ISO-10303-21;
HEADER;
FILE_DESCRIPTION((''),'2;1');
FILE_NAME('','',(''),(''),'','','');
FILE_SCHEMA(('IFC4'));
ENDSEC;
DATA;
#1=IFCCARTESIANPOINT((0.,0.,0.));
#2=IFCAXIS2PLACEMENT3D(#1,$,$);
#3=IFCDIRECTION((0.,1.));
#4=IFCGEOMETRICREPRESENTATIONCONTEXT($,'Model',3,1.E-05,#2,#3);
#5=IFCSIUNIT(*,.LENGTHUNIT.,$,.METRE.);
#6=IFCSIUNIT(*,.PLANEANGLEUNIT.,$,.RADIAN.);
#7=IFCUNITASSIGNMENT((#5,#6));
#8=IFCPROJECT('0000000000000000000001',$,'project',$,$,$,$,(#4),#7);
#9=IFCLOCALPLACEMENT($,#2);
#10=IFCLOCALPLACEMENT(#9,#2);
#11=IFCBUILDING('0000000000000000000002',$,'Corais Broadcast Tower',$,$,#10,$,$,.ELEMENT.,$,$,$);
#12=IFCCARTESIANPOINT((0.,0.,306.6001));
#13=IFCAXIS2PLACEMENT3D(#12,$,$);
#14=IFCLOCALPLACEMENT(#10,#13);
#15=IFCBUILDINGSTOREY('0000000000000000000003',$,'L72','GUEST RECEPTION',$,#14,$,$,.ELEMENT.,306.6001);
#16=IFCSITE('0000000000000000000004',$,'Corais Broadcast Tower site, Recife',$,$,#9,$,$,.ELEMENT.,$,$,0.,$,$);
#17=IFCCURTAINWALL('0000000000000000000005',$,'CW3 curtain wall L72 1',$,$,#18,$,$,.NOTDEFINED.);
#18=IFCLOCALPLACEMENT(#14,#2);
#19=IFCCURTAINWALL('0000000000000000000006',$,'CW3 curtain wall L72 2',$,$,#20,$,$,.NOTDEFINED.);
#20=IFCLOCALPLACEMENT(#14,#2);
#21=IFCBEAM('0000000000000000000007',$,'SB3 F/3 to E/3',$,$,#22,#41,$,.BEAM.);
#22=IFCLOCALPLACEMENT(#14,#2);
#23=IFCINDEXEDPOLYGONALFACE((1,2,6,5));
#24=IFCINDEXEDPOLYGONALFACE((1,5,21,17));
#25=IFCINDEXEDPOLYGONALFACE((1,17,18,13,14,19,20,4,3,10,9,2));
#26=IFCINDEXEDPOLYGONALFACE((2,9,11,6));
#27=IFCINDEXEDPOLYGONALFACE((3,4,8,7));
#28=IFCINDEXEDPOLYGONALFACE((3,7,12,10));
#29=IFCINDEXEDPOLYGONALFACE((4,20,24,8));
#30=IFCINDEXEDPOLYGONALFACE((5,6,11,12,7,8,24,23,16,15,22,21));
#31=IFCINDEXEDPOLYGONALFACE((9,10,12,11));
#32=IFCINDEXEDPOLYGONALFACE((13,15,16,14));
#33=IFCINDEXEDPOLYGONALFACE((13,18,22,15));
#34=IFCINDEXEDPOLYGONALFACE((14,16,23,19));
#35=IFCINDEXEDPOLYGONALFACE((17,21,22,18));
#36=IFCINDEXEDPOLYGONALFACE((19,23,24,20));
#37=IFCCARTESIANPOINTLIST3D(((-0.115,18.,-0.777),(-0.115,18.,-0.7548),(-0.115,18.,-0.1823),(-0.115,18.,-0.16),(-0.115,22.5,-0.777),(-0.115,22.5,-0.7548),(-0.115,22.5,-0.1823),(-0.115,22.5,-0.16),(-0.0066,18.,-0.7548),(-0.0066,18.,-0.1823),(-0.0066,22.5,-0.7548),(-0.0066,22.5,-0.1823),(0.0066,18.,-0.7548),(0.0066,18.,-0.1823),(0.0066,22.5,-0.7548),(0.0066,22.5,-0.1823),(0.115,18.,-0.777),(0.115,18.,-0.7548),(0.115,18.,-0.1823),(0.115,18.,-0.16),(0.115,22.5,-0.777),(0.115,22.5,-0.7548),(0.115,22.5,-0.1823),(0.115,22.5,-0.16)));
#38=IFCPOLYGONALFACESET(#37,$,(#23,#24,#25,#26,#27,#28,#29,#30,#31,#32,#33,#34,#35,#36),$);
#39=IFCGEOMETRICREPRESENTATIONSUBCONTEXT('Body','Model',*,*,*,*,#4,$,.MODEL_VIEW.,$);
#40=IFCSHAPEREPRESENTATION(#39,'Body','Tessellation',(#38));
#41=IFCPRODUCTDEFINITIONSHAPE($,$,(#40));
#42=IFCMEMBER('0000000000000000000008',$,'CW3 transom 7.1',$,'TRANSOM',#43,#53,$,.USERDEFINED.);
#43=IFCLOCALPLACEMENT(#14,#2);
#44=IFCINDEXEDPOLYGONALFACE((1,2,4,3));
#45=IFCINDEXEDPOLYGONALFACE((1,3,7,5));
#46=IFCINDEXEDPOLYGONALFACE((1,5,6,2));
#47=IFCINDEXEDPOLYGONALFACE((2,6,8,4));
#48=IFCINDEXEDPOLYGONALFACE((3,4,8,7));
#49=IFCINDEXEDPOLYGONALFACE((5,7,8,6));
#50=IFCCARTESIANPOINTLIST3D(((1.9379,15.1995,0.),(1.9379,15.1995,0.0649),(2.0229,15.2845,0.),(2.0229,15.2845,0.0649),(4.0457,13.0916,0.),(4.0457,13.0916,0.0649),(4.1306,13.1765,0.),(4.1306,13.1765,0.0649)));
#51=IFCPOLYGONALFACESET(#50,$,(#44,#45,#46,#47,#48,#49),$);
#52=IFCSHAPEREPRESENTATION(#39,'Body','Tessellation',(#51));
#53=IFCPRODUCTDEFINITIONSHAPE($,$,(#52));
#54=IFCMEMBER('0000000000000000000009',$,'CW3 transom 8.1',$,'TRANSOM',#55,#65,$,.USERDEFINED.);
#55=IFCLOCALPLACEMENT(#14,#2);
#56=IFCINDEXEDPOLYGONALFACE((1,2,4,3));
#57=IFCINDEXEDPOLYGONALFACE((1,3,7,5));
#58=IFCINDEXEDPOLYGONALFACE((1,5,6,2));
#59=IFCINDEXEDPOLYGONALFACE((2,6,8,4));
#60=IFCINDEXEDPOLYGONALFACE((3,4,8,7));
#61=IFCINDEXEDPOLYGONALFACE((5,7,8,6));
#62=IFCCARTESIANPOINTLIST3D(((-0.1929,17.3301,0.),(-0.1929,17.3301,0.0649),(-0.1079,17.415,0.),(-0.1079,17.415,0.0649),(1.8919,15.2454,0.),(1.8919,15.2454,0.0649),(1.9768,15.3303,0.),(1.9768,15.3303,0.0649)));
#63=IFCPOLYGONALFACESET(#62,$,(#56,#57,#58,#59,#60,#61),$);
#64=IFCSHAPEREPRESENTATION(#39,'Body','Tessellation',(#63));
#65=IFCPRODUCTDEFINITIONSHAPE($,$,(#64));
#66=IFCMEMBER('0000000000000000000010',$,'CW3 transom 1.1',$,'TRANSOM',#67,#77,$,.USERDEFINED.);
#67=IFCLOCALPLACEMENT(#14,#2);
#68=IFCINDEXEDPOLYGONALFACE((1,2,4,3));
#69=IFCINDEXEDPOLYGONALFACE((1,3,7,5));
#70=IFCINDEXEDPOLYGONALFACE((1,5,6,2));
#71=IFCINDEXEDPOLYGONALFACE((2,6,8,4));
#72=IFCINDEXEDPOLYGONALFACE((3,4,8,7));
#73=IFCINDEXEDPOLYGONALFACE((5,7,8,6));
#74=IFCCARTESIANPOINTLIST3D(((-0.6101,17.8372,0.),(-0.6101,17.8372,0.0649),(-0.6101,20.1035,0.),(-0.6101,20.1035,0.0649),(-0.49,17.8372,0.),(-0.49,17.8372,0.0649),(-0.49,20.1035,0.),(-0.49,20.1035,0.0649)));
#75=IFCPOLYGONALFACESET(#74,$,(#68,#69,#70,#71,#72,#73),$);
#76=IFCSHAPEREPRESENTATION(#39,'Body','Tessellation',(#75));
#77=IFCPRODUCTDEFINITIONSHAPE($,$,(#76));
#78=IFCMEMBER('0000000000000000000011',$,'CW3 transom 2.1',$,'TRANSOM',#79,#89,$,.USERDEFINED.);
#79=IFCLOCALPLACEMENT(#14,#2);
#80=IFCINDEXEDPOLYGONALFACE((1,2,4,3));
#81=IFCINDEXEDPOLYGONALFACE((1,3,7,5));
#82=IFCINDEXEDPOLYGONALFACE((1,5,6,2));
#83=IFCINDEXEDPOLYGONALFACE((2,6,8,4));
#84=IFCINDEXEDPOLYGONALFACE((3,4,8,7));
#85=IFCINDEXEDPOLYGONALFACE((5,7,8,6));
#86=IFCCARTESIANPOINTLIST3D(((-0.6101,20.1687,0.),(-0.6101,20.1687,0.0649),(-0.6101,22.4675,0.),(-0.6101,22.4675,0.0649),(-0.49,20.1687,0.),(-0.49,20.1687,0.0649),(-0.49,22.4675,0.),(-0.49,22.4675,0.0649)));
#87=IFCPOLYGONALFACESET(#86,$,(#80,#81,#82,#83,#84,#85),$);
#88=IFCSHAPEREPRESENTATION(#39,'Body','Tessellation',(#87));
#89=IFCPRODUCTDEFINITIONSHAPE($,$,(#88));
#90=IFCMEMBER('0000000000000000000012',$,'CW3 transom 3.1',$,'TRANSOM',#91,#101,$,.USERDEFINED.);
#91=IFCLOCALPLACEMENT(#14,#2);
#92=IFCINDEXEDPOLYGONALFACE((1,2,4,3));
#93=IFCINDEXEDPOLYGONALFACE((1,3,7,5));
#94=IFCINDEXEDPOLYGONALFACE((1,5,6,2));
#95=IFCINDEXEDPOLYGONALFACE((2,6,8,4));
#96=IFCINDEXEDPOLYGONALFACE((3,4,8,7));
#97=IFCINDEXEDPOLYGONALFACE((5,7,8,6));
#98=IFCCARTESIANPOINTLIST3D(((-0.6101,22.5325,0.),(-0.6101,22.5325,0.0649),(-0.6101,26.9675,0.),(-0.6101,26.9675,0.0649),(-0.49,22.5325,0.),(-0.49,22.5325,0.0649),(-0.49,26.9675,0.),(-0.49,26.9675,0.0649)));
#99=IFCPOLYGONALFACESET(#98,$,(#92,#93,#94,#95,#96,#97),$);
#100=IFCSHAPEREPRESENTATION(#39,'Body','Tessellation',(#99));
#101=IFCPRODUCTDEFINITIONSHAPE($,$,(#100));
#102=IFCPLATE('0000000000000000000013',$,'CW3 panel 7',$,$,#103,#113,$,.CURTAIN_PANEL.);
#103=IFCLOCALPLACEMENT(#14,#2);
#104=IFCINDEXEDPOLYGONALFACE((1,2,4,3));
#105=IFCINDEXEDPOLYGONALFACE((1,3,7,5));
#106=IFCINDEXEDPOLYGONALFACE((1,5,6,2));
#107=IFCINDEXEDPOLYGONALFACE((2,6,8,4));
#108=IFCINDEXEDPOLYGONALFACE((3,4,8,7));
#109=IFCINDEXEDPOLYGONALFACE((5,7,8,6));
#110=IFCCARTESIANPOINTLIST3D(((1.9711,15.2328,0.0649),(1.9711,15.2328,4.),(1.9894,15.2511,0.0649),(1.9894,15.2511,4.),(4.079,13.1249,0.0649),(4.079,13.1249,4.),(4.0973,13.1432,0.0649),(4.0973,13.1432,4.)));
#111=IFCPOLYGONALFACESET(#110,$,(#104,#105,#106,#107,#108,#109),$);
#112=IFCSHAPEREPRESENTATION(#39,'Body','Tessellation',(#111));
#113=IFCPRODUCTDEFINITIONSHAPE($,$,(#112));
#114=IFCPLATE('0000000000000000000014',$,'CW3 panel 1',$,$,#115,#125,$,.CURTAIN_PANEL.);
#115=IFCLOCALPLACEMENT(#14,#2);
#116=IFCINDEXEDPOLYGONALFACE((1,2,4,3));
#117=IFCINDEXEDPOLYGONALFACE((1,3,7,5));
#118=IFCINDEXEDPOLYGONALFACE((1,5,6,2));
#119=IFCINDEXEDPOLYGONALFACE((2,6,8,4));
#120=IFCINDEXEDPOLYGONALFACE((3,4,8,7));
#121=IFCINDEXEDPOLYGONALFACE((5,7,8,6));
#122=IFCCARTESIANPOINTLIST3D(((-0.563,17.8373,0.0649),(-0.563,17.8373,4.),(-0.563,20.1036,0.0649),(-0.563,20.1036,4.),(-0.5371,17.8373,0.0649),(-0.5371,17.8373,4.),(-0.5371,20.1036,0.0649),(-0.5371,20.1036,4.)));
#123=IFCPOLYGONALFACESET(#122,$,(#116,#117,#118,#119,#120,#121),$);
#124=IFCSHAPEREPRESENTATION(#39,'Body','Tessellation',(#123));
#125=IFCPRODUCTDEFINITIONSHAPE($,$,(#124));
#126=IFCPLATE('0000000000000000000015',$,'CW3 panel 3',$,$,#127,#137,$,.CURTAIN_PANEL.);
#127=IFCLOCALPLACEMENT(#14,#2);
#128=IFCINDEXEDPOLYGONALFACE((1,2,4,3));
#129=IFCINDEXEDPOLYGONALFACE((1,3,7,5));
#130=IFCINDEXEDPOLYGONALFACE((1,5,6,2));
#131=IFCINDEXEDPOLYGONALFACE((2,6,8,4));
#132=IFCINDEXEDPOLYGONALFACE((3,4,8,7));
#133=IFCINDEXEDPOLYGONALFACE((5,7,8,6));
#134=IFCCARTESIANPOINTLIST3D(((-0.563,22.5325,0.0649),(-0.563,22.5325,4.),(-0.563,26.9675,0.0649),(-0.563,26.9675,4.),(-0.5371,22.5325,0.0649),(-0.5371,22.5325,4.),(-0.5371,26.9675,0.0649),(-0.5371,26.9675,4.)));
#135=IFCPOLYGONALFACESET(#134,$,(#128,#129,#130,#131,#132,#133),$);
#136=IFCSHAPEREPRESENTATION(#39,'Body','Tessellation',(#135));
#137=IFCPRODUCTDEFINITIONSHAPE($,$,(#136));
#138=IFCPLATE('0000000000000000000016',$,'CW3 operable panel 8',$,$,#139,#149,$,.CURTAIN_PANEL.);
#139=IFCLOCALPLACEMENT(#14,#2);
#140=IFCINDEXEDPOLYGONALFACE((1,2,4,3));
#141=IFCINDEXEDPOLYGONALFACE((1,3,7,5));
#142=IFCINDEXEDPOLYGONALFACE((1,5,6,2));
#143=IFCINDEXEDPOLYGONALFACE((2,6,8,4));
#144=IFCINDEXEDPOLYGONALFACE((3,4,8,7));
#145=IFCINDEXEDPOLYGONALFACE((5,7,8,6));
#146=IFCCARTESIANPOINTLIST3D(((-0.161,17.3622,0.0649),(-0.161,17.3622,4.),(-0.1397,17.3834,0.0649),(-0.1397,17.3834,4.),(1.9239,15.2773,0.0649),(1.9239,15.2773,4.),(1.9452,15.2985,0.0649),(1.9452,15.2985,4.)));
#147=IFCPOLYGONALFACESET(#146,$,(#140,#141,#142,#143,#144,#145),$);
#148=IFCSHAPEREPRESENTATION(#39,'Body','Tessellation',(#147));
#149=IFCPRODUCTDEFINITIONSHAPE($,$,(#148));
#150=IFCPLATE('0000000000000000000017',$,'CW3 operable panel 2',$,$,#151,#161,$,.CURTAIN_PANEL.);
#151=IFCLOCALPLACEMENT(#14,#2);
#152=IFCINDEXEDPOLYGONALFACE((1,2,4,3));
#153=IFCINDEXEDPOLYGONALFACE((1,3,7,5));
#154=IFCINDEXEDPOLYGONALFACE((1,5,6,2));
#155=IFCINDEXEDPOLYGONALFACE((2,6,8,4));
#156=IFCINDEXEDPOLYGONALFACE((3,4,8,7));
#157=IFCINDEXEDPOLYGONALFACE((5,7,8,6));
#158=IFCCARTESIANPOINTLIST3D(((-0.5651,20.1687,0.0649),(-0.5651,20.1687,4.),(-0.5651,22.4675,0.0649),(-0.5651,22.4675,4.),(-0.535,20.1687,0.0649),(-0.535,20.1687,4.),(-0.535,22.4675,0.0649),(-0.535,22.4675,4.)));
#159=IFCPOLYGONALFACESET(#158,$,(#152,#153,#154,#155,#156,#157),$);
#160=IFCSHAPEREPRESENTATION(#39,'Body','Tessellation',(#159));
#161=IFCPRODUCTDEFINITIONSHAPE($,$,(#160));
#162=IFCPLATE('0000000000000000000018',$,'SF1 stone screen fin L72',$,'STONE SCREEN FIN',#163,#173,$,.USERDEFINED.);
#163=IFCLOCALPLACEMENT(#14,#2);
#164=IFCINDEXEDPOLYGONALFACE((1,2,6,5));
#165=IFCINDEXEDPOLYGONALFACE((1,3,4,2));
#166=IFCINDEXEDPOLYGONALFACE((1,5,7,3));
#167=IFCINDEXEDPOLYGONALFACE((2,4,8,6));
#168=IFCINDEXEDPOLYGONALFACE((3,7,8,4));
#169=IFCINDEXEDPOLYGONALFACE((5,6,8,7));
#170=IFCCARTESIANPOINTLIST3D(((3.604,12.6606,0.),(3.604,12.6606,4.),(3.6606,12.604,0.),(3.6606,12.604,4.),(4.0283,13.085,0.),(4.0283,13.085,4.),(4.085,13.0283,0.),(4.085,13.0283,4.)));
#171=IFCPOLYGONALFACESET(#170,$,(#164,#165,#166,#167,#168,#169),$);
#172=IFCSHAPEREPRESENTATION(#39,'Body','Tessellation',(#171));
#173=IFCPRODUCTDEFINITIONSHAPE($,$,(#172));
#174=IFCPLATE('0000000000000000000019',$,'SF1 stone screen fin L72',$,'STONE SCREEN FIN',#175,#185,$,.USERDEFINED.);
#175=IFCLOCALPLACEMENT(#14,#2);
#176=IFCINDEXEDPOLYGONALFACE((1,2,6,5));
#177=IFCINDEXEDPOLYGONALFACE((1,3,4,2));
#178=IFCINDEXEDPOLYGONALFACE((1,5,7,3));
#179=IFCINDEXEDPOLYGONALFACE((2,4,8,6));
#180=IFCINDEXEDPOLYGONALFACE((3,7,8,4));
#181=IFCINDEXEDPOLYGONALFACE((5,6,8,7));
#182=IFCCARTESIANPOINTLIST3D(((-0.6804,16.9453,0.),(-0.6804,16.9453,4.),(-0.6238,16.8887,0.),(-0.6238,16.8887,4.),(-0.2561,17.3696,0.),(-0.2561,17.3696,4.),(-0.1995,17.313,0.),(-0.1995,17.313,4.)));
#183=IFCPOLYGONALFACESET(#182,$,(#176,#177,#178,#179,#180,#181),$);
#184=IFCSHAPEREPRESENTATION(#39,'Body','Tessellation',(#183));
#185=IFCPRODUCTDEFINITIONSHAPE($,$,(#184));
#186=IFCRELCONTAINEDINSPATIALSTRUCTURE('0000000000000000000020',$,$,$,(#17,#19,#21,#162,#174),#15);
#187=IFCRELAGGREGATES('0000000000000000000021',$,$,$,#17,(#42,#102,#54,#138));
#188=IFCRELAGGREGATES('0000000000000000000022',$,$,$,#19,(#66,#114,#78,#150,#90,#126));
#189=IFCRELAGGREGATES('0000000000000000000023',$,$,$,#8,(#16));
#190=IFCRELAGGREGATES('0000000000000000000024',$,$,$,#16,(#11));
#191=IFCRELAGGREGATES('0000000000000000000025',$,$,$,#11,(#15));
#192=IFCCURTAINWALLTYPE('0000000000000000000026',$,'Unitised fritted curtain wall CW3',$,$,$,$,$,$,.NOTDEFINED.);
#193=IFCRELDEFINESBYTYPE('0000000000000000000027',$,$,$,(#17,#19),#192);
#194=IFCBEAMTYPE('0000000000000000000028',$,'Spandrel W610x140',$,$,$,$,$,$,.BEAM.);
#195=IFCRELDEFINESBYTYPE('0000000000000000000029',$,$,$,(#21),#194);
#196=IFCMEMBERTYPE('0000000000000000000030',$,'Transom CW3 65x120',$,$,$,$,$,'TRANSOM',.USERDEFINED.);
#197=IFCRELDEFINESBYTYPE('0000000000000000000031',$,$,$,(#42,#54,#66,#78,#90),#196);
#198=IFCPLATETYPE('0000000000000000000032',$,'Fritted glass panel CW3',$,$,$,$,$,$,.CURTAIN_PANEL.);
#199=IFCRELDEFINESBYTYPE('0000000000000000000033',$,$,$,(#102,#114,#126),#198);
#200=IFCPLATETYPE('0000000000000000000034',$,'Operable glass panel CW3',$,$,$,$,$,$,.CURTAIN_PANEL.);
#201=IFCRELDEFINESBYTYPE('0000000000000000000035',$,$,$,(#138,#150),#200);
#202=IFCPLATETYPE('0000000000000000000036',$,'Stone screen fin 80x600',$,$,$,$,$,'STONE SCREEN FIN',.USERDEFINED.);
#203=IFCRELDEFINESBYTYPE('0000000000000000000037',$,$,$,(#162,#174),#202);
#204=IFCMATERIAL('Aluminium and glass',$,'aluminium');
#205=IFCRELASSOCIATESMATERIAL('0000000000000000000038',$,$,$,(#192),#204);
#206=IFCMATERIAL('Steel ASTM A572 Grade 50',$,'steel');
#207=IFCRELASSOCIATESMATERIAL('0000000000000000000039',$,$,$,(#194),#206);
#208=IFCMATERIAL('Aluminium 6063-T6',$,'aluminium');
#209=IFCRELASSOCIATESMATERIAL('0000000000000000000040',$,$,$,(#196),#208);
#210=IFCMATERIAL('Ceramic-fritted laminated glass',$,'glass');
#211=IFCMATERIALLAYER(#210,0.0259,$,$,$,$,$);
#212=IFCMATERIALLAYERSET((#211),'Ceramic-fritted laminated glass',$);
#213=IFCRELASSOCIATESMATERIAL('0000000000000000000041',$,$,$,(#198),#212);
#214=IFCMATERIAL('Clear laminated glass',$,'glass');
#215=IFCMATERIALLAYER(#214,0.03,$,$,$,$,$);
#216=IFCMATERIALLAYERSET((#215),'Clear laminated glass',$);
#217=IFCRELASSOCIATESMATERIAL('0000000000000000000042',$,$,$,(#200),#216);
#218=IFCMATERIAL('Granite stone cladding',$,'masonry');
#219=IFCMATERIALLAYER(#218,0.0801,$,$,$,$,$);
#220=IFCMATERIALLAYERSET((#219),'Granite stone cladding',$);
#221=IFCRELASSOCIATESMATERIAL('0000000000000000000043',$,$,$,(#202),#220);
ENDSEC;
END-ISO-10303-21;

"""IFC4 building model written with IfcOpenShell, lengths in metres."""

from ifc_helpers import new_model, si_unit, direction, frame, origin, origin_2d, place, context, subcontext, project, spatial, rectangle, i_section, extrude, material, layer, layer_set, material_profile, profile_set, type_object, element, aggregate, save


model = new_model("IFC4")

# Units and contexts
model_context = context("Model", 3, precision=1e-05, world=origin(), true_north=direction((0.0, 1.0)))
body_context = subcontext(model_context, "Body", "Model", "MODEL_VIEW")
ifc_project = project(units=[si_unit("LENGTHUNIT", "METRE"), si_unit("PLANEANGLEUNIT", "RADIAN")], contexts=[model_context])

# Site, building, storey
site_placement = place(None, origin())
site = spatial("IfcSite", under=ifc_project, at=site_placement, Name="Corais Broadcast Tower site, Recife", CompositionType="ELEMENT", RefElevation=0.0)
building_placement = place(site_placement, origin())
building = spatial("IfcBuilding", under=site, at=building_placement, Name="Corais Broadcast Tower", CompositionType="ELEMENT")
storey_placement = place(building_placement, frame((0.0, 0.0, 306.6001)))
storey = spatial("IfcBuildingStorey", under=building, at=storey_placement, Name="L72", Description="GUEST RECEPTION", CompositionType="ELEMENT", Elevation=306.6001)

# Curtain walls
ifc_material_1 = material(Name="Aluminium and glass", Category="aluminium")
curtain_wall_type = type_object("IfcCurtainWallType", Name="Unitised fritted curtain wall CW3", PredefinedType="NOTDEFINED", material=ifc_material_1)
curtain_wall_1_placement = place(storey_placement, origin())
curtain_wall_1 = element("IfcCurtainWall", 1, at=curtain_wall_1_placement, inside=storey, type_object=curtain_wall_type, Name="CW3 curtain wall L72 1", PredefinedType="NOTDEFINED")
curtain_wall_2_placement = place(storey_placement, origin())
curtain_wall_2 = element("IfcCurtainWall", 2, at=curtain_wall_2_placement, inside=storey, type_object=curtain_wall_type, Name="CW3 curtain wall L72 2", PredefinedType="NOTDEFINED")

# Beam
ifc_material_2 = material(Name="Steel ASTM A572 Grade 50", Category="steel")
ifc_material_profile_1 = material_profile(ifc_material_2, i_section(OverallWidth=0.23, OverallDepth=0.6169, WebThickness=0.0132, FlangeThickness=0.0222, at=origin_2d()), Name="W610x140")
ifc_profile_set_1 = profile_set([ifc_material_profile_1], Name="Steel ASTM A572 Grade 50")
beam_type_1 = type_object("IfcBeamType", Name="Spandrel W610x140", PredefinedType="BEAM", material=ifc_profile_set_1)
beam_1_placement = place(storey_placement, frame((0.0, 22.5, -0.4685), z_axis=(0.0, -1.0, 0.0), x_axis=(1.0, 0.0, 0.0)))
element("IfcBeam", 3, at=beam_1_placement, inside=storey, type_object=beam_type_1, Name="SB3 F/3 to E/3", PredefinedType="BEAM", context=body_context, shape_type="SweptSolid", body=[
    extrude(i_section(OverallWidth=0.23, OverallDepth=0.6169, WebThickness=0.0132, FlangeThickness=0.0222, at=origin_2d()), origin(), (0.0, 0.0, 1.0), 4.5),
])

# Members
ifc_material_3 = material(Name="Aluminium 6063-T6", Category="aluminium")
ifc_material_profile_2 = material_profile(ifc_material_3, rectangle(XDim=0.1201, YDim=0.0649, at=origin_2d()), Name="Transom CW3 65x120")
ifc_profile_set_2 = profile_set([ifc_material_profile_2], Name="Aluminium 6063-T6")
member_type_1 = type_object("IfcMemberType", Name="Transom CW3 65x120", ElementType="TRANSOM", PredefinedType="USERDEFINED", material=ifc_profile_set_2)
member_1_placement = place(storey_placement, frame((4.0881, 13.134, 0.0325), z_axis=(-0.707066, 0.707148, 0.0), x_axis=(-0.707148, -0.707066, 0.0)))
member_1 = element("IfcMember", 4, at=member_1_placement, type_object=member_type_1, Name="CW3 transom 7.1", ObjectType="TRANSOM", PredefinedType="USERDEFINED", context=body_context, shape_type="SweptSolid", body=[
    extrude(rectangle(XDim=0.1201, YDim=0.0649, at=origin_2d()), origin(), (0.0, 0.0, 1.0), 2.981),
])
member_2_placement = place(storey_placement, frame((1.9343, 15.2878, 0.0325), z_axis=(-0.707107, 0.707107, 0.0), x_axis=(-0.707107, -0.707107, 0.0)))
member_2 = element("IfcMember", 5, at=member_2_placement, type_object=member_type_1, Name="CW3 transom 8.1", ObjectType="TRANSOM", PredefinedType="USERDEFINED", context=body_context, shape_type="SweptSolid", body=[
    extrude(rectangle(XDim=0.1201, YDim=0.0649, at=origin_2d()), origin(), (0.0, 0.0, 1.0), 2.9482),
])
member_3_placement = place(storey_placement, frame((-0.55, 17.8372, 0.0325), z_axis=(0.0, 1.0, 0.0), x_axis=(-1.0, 0.0, 0.0)))
member_3 = element("IfcMember", 6, at=member_3_placement, type_object=member_type_1, Name="CW3 transom 1.1", ObjectType="TRANSOM", PredefinedType="USERDEFINED", context=body_context, shape_type="SweptSolid", body=[
    extrude(rectangle(XDim=0.1201, YDim=0.0649, at=origin_2d()), origin(), (0.0, 0.0, 1.0), 2.2664),
])
member_4_placement = place(storey_placement, frame((-0.55, 20.1687, 0.0325), z_axis=(0.0, 1.0, 0.0), x_axis=(-1.0, 0.0, 0.0)))
member_4 = element("IfcMember", 7, at=member_4_placement, type_object=member_type_1, Name="CW3 transom 2.1", ObjectType="TRANSOM", PredefinedType="USERDEFINED", context=body_context, shape_type="SweptSolid", body=[
    extrude(rectangle(XDim=0.1201, YDim=0.0649, at=origin_2d()), origin(), (0.0, 0.0, 1.0), 2.2988),
])
member_5_placement = place(storey_placement, frame((-0.55, 22.5325, 0.0325), z_axis=(0.0, 1.0, 0.0), x_axis=(-1.0, 0.0, 0.0)))
member_5 = element("IfcMember", 8, at=member_5_placement, type_object=member_type_1, Name="CW3 transom 3.1", ObjectType="TRANSOM", PredefinedType="USERDEFINED", context=body_context, shape_type="SweptSolid", body=[
    extrude(rectangle(XDim=0.1201, YDim=0.0649, at=origin_2d()), origin(), (0.0, 0.0, 1.0), 4.4351),
])

# Plates
ifc_material_4 = material(Name="Ceramic-fritted laminated glass", Category="glass")
ifc_layer_1 = layer(ifc_material_4, 0.0259)
ifc_layer_set_1 = layer_set([ifc_layer_1], Name="Ceramic-fritted laminated glass")
plate_type_1 = type_object("IfcPlateType", Name="Fritted glass panel CW3", PredefinedType="CURTAIN_PANEL", material=ifc_layer_set_1)
plate_1_placement = place(storey_placement, frame((3.0342, 14.188, 0.0649), z_axis=(0.0, 0.0, 1.0), x_axis=(-0.707107, 0.707107, 0.0)))
plate_1 = element("IfcPlate", 9, at=plate_1_placement, type_object=plate_type_1, Name="CW3 panel 7", PredefinedType="CURTAIN_PANEL", context=body_context, shape_type="SweptSolid", body=[
    extrude(rectangle(XDim=2.981, YDim=0.0259, at=origin_2d()), origin(), (0.0, 0.0, 1.0), 3.9351),
])
plate_2_placement = place(storey_placement, frame((-0.55, 18.9705, 0.0649), z_axis=(0.0, 0.0, 1.0), x_axis=(0.0, 1.0, 0.0)))
plate_2 = element("IfcPlate", 10, at=plate_2_placement, type_object=plate_type_1, Name="CW3 panel 1", PredefinedType="CURTAIN_PANEL", context=body_context, shape_type="SweptSolid", body=[
    extrude(rectangle(XDim=2.2664, YDim=0.0259, at=origin_2d()), origin(), (0.0, 0.0, 1.0), 3.9351),
])
plate_3_placement = place(storey_placement, frame((-0.55, 24.75, 0.0649), z_axis=(0.0, 0.0, 1.0), x_axis=(0.0, 1.0, 0.0)))
plate_3 = element("IfcPlate", 11, at=plate_3_placement, type_object=plate_type_1, Name="CW3 panel 3", PredefinedType="CURTAIN_PANEL", context=body_context, shape_type="SweptSolid", body=[
    extrude(rectangle(XDim=4.4351, YDim=0.0259, at=origin_2d()), origin(), (0.0, 0.0, 1.0), 3.9351),
])
ifc_material_5 = material(Name="Clear laminated glass", Category="glass")
ifc_layer_2 = layer(ifc_material_5, 0.03)
ifc_layer_set_2 = layer_set([ifc_layer_2], Name="Clear laminated glass")
plate_type_2 = type_object("IfcPlateType", Name="Operable glass panel CW3", PredefinedType="CURTAIN_PANEL", material=ifc_layer_set_2)
plate_4_placement = place(storey_placement, frame((0.8921, 16.3303, 0.0649), z_axis=(0.0, 0.0, 1.0), x_axis=(-0.707107, 0.707107, 0.0)))
plate_4 = element("IfcPlate", 12, at=plate_4_placement, type_object=plate_type_2, Name="CW3 operable panel 8", PredefinedType="CURTAIN_PANEL", context=body_context, shape_type="SweptSolid", body=[
    extrude(rectangle(XDim=2.9485, YDim=0.03, at=origin_2d()), origin(), (0.0, 0.0, 1.0), 3.9351),
])
aggregate(curtain_wall_1, [member_1, plate_1, member_2, plate_4])
plate_5_placement = place(storey_placement, frame((-0.55, 21.3181, 0.0649), z_axis=(0.0, 0.0, 1.0), x_axis=(0.0, 1.0, 0.0)))
plate_5 = element("IfcPlate", 13, at=plate_5_placement, type_object=plate_type_2, Name="CW3 operable panel 2", PredefinedType="CURTAIN_PANEL", context=body_context, shape_type="SweptSolid", body=[
    extrude(rectangle(XDim=2.2988, YDim=0.03, at=origin_2d()), origin(), (0.0, 0.0, 1.0), 3.9351),
])
aggregate(curtain_wall_2, [member_3, plate_2, member_4, plate_5, member_5, plate_3])

# Plates
ifc_material_6 = material(Name="Granite stone cladding", Category="masonry")
ifc_layer_3 = layer(ifc_material_6, 0.0801)
ifc_layer_set_3 = layer_set([ifc_layer_3], Name="Granite stone cladding")
plate_type_3 = type_object("IfcPlateType", Name="Stone screen fin 80x600", ElementType="STONE SCREEN FIN", PredefinedType="USERDEFINED", material=ifc_layer_set_3)
for number, where, z_axis, x_axis, name in (
    (14, (3.8445, 12.8445, 0.0), (0.0, 0.0, 1.0), (-0.707107, 0.707107, 0.0), "SF1 stone screen fin L72"),
    (15, (-0.4399, 17.1292, 0.0), (0.0, 0.0, 1.0), (-0.707107, 0.707107, 0.0), "SF1 stone screen fin L72"),
):
    element("IfcPlate", number, at=place(storey_placement, frame(where, z_axis=z_axis, x_axis=x_axis)), inside=storey, type_object=plate_type_3, Name=name, ObjectType="STONE SCREEN FIN", PredefinedType="USERDEFINED", context=body_context, shape_type="SweptSolid", body=[
        extrude(rectangle(XDim=0.0801, YDim=0.6001, at=origin_2d()), origin(), (0.0, 0.0, 1.0), 4.0),
    ])

save(model, "model.ifc")
